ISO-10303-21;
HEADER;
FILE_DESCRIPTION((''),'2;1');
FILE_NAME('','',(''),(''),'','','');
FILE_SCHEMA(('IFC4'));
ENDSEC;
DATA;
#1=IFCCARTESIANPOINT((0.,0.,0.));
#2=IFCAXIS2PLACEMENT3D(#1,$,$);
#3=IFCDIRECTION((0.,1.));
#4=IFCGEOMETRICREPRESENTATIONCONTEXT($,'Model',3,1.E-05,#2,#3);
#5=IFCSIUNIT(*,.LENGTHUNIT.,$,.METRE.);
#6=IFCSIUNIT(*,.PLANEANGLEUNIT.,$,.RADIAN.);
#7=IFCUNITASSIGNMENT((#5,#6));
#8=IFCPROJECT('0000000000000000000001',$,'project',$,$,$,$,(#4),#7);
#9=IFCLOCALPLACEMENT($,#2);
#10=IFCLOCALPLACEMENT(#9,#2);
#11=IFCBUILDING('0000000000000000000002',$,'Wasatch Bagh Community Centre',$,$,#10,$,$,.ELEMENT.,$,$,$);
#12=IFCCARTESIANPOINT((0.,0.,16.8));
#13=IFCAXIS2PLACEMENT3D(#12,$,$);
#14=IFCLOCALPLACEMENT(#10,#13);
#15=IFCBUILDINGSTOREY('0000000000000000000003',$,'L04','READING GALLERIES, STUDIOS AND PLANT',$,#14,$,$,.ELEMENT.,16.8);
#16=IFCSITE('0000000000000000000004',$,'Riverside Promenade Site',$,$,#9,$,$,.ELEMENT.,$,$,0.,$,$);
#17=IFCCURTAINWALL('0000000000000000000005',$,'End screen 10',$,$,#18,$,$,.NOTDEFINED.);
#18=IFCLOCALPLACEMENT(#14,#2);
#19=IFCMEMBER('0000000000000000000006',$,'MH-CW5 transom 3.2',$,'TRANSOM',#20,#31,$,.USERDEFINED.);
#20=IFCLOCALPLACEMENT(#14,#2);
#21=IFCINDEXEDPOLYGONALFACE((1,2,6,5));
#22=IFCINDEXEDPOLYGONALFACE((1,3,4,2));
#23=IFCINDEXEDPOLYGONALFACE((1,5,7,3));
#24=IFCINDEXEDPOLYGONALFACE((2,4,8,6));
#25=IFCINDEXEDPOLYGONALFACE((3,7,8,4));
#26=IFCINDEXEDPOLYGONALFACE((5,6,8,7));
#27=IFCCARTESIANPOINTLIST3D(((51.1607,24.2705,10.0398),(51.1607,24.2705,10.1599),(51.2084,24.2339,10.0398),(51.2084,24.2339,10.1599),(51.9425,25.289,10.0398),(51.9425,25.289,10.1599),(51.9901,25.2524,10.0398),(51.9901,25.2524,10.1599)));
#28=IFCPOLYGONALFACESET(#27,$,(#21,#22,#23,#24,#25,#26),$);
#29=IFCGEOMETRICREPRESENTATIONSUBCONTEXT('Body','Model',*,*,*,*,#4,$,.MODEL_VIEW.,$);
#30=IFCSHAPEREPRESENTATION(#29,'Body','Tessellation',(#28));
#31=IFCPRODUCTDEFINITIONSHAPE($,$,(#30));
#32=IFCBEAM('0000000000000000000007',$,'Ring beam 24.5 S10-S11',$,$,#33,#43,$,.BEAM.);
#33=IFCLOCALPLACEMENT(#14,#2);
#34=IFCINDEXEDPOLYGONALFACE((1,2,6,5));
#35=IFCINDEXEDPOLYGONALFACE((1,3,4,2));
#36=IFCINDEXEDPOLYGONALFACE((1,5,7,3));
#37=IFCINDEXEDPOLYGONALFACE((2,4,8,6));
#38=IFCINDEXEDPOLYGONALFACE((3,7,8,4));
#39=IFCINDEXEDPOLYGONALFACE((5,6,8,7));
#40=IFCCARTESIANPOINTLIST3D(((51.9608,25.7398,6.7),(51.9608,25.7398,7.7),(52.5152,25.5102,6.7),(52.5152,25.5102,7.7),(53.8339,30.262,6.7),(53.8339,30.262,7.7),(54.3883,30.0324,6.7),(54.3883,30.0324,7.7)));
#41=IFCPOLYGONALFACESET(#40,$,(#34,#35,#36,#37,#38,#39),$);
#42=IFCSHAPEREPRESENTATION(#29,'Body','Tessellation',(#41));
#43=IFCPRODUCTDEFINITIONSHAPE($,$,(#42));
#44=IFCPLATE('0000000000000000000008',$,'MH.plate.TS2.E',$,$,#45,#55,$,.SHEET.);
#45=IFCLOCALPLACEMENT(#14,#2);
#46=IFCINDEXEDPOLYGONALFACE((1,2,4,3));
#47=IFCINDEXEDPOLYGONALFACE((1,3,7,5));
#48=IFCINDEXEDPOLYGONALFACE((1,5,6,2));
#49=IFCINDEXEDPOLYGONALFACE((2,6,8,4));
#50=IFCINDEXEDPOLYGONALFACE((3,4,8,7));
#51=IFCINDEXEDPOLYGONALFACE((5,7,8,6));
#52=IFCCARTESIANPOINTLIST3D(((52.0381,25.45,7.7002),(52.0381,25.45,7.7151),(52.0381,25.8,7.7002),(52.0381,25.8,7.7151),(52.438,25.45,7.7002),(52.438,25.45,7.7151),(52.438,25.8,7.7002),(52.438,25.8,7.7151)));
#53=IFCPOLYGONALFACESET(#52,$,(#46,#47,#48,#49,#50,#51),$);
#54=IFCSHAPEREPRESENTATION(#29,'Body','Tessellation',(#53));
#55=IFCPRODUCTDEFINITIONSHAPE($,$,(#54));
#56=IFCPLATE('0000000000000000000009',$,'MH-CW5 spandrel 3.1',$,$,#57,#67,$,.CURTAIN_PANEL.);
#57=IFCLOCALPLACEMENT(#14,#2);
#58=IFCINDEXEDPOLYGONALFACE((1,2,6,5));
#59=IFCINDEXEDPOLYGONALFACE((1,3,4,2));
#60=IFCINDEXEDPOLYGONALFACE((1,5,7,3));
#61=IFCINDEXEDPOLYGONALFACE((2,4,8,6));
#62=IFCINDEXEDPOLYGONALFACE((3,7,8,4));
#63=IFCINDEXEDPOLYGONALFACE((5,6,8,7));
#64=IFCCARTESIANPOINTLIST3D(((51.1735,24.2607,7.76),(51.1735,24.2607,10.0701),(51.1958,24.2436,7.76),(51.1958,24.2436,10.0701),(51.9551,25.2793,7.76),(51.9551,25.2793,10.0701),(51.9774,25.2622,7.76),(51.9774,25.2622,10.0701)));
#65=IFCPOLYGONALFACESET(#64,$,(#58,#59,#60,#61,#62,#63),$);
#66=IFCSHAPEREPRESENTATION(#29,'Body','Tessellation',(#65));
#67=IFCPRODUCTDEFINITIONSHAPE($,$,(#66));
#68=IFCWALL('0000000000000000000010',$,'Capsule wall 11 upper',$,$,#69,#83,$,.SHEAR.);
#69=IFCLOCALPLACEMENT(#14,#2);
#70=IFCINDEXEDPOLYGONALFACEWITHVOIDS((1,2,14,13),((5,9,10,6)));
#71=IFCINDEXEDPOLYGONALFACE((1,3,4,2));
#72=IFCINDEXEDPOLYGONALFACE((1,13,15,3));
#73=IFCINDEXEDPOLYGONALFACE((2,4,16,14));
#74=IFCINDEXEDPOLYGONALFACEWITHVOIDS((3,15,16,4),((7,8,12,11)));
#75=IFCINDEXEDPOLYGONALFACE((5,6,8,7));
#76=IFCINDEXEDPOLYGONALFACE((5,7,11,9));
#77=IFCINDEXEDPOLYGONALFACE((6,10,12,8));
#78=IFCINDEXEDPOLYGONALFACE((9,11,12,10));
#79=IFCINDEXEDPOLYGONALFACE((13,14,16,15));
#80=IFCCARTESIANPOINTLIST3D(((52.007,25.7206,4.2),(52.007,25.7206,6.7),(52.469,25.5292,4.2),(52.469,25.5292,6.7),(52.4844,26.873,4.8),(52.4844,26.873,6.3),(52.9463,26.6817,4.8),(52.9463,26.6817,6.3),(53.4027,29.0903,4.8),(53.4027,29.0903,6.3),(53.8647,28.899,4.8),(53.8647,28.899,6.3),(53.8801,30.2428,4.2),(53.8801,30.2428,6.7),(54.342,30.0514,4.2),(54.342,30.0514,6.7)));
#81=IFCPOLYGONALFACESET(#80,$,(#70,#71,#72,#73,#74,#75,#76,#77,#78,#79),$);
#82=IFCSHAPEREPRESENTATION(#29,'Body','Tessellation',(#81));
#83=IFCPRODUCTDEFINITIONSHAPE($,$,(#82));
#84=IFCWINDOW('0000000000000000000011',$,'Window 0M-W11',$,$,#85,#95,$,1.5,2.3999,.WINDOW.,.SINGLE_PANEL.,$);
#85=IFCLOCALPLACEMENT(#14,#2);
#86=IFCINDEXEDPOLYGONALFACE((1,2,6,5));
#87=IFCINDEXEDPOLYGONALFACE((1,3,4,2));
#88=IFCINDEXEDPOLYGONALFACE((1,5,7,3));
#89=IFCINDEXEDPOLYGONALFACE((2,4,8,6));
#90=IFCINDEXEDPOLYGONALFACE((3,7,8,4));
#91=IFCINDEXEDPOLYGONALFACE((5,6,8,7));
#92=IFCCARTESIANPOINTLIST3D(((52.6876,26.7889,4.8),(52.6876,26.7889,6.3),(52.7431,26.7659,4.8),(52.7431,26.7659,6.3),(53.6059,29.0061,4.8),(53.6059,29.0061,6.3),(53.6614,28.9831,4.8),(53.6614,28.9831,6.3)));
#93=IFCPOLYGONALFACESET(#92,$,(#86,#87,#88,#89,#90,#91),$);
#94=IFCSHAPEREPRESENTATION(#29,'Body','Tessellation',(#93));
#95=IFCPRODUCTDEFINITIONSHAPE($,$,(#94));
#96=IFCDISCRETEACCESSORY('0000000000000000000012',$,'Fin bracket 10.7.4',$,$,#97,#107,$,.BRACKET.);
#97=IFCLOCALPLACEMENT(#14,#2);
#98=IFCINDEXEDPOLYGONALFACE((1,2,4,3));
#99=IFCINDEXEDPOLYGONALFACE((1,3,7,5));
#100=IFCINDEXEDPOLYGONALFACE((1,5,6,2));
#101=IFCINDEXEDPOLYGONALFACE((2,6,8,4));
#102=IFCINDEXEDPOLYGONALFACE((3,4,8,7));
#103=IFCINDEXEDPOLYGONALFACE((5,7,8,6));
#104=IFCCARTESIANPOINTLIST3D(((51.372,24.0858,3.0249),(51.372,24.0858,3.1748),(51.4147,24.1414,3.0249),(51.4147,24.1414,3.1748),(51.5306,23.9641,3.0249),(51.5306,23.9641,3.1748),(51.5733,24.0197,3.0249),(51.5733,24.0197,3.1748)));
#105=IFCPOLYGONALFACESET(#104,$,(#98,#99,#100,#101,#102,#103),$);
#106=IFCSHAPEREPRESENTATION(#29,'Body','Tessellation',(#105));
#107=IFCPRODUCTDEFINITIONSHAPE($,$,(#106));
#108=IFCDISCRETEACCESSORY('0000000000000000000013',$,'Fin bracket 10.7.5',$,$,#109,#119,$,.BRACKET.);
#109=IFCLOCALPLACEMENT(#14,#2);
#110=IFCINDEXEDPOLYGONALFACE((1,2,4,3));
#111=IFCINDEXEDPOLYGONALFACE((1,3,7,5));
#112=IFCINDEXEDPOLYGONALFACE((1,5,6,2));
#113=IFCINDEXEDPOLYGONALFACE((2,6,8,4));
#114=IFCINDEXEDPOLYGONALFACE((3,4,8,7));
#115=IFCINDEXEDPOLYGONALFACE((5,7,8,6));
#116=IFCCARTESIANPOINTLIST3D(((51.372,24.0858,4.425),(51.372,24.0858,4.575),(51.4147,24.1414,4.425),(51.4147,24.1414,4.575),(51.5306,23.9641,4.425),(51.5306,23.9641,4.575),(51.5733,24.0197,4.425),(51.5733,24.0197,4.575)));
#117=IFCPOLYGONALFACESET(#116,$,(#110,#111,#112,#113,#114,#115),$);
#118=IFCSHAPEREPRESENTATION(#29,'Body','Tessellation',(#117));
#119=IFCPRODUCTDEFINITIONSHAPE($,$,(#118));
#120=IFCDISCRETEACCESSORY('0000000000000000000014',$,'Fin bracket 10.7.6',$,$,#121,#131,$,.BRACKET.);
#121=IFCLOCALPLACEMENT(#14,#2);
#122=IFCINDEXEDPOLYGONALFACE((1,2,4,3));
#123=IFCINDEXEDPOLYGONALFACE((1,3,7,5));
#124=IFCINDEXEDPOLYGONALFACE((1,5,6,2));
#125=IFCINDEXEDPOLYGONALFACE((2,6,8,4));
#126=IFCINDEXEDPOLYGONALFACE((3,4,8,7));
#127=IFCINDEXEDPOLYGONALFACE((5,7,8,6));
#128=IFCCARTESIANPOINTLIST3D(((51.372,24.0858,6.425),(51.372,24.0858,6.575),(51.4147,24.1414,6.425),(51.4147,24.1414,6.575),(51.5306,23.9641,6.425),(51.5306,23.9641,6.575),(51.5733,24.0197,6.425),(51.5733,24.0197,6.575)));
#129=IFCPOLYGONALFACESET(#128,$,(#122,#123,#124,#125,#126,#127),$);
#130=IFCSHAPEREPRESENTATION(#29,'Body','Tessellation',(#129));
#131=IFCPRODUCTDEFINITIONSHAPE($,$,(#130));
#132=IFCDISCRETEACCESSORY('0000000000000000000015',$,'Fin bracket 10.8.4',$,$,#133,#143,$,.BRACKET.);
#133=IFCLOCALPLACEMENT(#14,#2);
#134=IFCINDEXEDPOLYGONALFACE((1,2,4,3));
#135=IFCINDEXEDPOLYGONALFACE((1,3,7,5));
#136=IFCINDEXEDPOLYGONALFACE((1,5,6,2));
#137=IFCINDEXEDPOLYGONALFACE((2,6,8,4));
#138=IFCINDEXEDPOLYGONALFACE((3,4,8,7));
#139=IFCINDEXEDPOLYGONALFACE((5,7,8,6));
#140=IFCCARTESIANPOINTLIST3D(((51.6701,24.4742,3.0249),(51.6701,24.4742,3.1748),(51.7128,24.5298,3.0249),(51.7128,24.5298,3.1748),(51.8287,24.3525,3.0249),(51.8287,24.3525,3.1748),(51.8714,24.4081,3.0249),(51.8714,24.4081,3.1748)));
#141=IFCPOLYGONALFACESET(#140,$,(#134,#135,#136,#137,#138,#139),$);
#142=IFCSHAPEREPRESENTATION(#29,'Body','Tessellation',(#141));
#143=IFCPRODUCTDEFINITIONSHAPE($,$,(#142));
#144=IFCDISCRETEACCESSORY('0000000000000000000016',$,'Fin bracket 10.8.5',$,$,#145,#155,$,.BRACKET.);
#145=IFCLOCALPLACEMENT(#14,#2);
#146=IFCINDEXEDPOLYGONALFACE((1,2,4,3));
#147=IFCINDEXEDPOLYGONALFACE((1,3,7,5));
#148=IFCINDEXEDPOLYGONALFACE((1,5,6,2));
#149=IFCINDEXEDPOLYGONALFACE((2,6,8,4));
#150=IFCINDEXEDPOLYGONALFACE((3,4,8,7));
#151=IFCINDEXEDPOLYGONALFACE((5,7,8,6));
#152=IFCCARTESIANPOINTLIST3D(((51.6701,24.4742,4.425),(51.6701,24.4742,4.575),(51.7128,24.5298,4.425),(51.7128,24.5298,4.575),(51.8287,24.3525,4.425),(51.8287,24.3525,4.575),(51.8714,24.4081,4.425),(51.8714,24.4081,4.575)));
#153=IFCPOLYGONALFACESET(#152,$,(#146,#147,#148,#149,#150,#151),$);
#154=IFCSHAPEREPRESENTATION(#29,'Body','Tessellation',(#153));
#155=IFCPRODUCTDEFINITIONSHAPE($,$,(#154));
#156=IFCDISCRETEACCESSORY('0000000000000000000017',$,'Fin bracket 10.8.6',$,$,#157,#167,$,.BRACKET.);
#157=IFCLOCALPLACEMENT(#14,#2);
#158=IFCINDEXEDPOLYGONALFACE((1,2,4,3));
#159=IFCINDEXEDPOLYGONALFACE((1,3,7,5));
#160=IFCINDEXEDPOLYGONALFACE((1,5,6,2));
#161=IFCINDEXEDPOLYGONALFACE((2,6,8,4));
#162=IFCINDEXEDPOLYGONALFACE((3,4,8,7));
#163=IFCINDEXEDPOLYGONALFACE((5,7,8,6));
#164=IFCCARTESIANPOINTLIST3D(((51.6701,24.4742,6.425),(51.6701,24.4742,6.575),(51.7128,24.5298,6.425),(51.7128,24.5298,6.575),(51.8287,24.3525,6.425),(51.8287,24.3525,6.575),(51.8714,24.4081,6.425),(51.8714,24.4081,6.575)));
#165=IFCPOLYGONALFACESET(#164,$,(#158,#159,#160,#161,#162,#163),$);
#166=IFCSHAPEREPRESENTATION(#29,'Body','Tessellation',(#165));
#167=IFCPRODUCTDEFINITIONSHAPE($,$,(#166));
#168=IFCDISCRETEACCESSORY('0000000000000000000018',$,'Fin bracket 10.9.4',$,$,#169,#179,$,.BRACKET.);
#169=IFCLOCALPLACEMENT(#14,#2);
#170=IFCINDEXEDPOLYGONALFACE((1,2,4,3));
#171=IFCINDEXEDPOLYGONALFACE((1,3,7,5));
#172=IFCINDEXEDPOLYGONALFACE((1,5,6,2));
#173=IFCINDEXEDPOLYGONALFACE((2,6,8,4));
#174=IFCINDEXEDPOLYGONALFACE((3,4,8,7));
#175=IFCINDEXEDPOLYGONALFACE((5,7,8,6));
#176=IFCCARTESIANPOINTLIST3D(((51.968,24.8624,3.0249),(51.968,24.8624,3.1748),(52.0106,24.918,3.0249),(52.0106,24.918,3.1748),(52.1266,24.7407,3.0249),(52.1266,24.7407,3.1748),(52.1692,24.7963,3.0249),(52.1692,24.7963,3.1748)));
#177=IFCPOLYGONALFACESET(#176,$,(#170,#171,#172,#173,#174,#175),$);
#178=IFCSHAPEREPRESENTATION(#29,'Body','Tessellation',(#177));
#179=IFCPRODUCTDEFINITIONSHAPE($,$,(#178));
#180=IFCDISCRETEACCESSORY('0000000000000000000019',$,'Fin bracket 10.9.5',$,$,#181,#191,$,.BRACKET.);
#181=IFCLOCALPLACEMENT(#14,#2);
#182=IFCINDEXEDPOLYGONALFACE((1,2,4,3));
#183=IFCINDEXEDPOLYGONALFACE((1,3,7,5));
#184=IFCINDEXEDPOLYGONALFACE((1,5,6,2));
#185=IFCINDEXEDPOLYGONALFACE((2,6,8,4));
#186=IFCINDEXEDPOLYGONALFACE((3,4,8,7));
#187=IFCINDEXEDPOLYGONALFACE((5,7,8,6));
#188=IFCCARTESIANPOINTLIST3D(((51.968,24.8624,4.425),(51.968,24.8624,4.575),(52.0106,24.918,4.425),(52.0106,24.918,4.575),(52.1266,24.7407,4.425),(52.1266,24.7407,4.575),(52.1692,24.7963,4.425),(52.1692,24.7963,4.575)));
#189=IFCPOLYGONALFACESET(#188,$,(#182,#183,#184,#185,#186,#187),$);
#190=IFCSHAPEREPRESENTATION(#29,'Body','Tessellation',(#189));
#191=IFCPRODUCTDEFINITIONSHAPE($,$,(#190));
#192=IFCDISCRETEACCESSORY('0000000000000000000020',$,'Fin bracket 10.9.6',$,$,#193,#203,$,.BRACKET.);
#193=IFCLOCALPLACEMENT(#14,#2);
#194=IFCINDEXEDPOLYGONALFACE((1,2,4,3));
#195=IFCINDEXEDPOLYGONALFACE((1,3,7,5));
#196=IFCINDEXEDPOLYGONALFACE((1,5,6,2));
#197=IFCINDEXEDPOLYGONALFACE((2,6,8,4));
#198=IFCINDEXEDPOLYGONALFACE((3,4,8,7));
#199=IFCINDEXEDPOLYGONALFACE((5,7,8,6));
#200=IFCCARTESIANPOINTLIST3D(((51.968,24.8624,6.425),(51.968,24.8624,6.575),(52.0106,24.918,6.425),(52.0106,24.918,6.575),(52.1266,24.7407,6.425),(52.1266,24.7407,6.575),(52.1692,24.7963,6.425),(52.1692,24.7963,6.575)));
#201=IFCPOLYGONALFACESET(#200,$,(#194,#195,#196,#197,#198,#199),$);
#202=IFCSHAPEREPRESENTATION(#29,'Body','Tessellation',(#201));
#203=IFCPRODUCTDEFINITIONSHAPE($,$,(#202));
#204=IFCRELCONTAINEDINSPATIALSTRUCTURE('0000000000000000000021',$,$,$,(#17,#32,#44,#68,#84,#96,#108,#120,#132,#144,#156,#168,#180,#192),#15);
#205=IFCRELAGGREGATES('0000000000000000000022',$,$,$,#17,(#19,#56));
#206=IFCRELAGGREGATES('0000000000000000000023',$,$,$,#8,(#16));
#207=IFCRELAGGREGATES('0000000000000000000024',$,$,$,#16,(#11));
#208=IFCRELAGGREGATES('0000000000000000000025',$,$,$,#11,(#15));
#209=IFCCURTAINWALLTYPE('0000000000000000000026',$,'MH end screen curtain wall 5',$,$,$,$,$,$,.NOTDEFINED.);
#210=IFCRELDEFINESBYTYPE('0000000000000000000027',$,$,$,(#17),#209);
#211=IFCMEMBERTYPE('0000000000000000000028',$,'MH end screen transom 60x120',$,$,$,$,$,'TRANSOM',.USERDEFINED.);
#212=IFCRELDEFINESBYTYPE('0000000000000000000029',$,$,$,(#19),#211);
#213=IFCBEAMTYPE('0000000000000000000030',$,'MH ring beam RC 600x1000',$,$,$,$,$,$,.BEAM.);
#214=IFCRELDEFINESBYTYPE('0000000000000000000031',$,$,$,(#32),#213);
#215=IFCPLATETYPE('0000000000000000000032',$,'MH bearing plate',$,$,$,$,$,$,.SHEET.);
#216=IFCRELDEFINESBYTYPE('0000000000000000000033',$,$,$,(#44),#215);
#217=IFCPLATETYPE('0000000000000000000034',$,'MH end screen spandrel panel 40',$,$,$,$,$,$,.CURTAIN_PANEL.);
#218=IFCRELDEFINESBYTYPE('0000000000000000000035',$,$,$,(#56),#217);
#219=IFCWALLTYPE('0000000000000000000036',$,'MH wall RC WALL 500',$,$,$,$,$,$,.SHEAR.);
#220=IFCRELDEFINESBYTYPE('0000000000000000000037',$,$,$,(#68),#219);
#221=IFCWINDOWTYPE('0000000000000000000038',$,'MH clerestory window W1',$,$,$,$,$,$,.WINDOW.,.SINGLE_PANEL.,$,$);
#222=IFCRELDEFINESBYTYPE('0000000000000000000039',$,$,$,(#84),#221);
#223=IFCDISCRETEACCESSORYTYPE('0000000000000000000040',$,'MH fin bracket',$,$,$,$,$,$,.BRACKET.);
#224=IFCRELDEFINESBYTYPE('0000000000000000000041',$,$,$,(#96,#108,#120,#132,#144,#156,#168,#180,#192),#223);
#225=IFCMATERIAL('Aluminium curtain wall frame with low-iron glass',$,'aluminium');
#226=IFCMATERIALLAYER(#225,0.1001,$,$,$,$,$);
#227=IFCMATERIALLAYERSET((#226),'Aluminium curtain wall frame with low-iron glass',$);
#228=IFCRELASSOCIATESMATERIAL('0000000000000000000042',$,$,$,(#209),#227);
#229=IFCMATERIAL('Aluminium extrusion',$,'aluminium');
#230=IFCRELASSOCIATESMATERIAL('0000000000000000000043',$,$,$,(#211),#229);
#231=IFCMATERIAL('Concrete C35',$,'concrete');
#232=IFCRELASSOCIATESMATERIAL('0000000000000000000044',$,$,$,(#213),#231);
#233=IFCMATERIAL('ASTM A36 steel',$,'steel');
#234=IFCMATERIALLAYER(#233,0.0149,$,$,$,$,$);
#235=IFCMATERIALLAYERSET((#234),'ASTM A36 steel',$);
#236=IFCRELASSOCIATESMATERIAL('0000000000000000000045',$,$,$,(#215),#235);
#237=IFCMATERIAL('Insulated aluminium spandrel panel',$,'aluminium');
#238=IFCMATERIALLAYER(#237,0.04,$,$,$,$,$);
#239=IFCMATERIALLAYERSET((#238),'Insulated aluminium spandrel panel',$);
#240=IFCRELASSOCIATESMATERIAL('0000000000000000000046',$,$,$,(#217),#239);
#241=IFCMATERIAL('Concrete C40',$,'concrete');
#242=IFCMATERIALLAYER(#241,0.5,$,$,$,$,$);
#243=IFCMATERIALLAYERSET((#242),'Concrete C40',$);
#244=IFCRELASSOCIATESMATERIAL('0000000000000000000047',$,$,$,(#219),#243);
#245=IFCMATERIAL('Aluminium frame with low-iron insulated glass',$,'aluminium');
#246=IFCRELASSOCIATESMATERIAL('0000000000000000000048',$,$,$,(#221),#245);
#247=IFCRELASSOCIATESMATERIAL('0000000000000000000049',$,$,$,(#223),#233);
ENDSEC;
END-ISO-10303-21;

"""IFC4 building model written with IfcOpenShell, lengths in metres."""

from ifc_helpers import new_model, si_unit, direction, frame, frame_2d, origin, origin_2d, place, context, subcontext, project, spatial, rectangle, extrude, material, layer, layer_set, material_profile, profile_set, type_object, element, fill, aggregate, save


model = new_model("IFC4")

# Units and contexts
model_context = context("Model", 3, precision=1e-05, world=origin(), true_north=direction((0.0, 1.0)))
body_context = subcontext(model_context, "Body", "Model", "MODEL_VIEW")
ifc_project = project(units=[si_unit("LENGTHUNIT", "METRE"), si_unit("PLANEANGLEUNIT", "RADIAN")], contexts=[model_context])

# Site, building, storey
site_placement = place(None, origin())
site = spatial("IfcSite", under=ifc_project, at=site_placement, Name="Riverside Promenade Site", CompositionType="ELEMENT", RefElevation=0.0)
building_placement = place(site_placement, origin())
building = spatial("IfcBuilding", under=site, at=building_placement, Name="Wasatch Bagh Community Centre", CompositionType="ELEMENT")
storey_placement = place(building_placement, frame((0.0, 0.0, 16.8)))
storey = spatial("IfcBuildingStorey", under=building, at=storey_placement, Name="L04", Description="READING GALLERIES, STUDIOS AND PLANT", CompositionType="ELEMENT", Elevation=16.8)

# Shared definitions
ifc_material_1 = material(Name="Concrete C40", Category="concrete")

# Curtain wall, member
ifc_material_2 = material(Name="Aluminium curtain wall frame with low-iron glass", Category="aluminium")
ifc_layer_1 = layer(ifc_material_2, 0.1001)
ifc_layer_set_1 = layer_set([ifc_layer_1], Name="Aluminium curtain wall frame with low-iron glass")
curtain_wall_type = type_object("IfcCurtainWallType", Name="MH end screen curtain wall 5", PredefinedType="NOTDEFINED", material=ifc_layer_set_1)
curtain_wall_placement = place(storey_placement, origin())
curtain_wall = element("IfcCurtainWall", 1, at=curtain_wall_placement, inside=storey, type_object=curtain_wall_type, Name="End screen 10", PredefinedType="NOTDEFINED")
ifc_material_3 = material(Name="Aluminium extrusion", Category="aluminium")
ifc_material_profile_1 = material_profile(ifc_material_3, rectangle(XDim=0.0601, YDim=0.1201, at=origin_2d()), Name="AL 60x120")
ifc_profile_set_1 = profile_set([ifc_material_profile_1], Name="Aluminium extrusion")
member_type_1 = type_object("IfcMemberType", Name="MH end screen transom 60x120", ElementType="TRANSOM", PredefinedType="USERDEFINED", material=ifc_profile_set_1)
member_1_placement = place(storey_placement, frame((51.1846, 24.2522, 10.0999), z_axis=(0.608847, 0.793288, 0.0), x_axis=(-0.793288, 0.608847, 0.0)))
member_1 = element("IfcMember", 2, at=member_1_placement, type_object=member_type_1, Name="MH-CW5 transom 3.2", ObjectType="TRANSOM", PredefinedType="USERDEFINED", context=body_context, shape_type="SweptSolid", body=[
    extrude(rectangle(XDim=0.0601, YDim=0.1201, at=origin_2d()), origin(), (0.0, 0.0, 1.0), 1.2839),
])

# Beam
ifc_material_4 = material(Name="Concrete C35", Category="concrete")
ifc_material_profile_2 = material_profile(ifc_material_4, rectangle(XDim=0.6001, YDim=1.0, at=origin_2d()), Name="RC 600x1000")
ifc_profile_set_2 = profile_set([ifc_material_profile_2], Name="Concrete C35")
beam_type = type_object("IfcBeamType", Name="MH ring beam RC 600x1000", PredefinedType="BEAM", material=ifc_profile_set_2)
beam_placement = place(storey_placement, frame((52.238, 25.625, 7.2), z_axis=(0.382663, 0.923888, 0.0), x_axis=(-0.923888, 0.382663, 0.0)))
element("IfcBeam", 3, at=beam_placement, inside=storey, type_object=beam_type, Name="Ring beam 24.5 S10-S11", PredefinedType="BEAM", context=body_context, shape_type="SweptSolid", body=[
    extrude(rectangle(XDim=0.6001, YDim=1.0, at=origin_2d()), origin(), (0.0, 0.0, 1.0), 4.8948),
])

# Plates
ifc_material_5 = material(Name="ASTM A36 steel", Category="steel")
ifc_layer_2 = layer(ifc_material_5, 0.0149)
ifc_layer_set_2 = layer_set([ifc_layer_2], Name="ASTM A36 steel")
plate_type_1 = type_object("IfcPlateType", Name="MH bearing plate", PredefinedType="SHEET", material=ifc_layer_set_2)
plate_1_placement = place(storey_placement, frame((52.238, 25.625, 7.7002), z_axis=(0.0, 0.0, 1.0), x_axis=(1.0, 0.0, 0.0)))
element("IfcPlate", 4, at=plate_1_placement, inside=storey, type_object=plate_type_1, Name="MH.plate.TS2.E", PredefinedType="SHEET", context=body_context, shape_type="SweptSolid", body=[
    extrude(rectangle(XDim=0.3999, YDim=0.3501, at=origin_2d()), origin(), (0.0, 0.0, 1.0), 0.0149),
])
ifc_material_6 = material(Name="Insulated aluminium spandrel panel", Category="aluminium")
ifc_layer_3 = layer(ifc_material_6, 0.04)
ifc_layer_set_3 = layer_set([ifc_layer_3], Name="Insulated aluminium spandrel panel")
plate_type_2 = type_object("IfcPlateType", Name="MH end screen spandrel panel 40", PredefinedType="CURTAIN_PANEL", material=ifc_layer_set_3)
plate_2_placement = place(storey_placement, frame((51.5754, 24.7615, 7.76), z_axis=(0.0, 0.0, 1.0), x_axis=(0.608761, 0.793353, 0.0)))
plate_2 = element("IfcPlate", 5, at=plate_2_placement, type_object=plate_type_2, Name="MH-CW5 spandrel 3.1", PredefinedType="CURTAIN_PANEL", context=body_context, shape_type="SweptSolid", body=[
    extrude(rectangle(XDim=1.2839, YDim=0.0281, at=origin_2d()), origin(), (0.0, 0.0, 1.0), 2.3101),
])
aggregate(curtain_wall, [member_1, plate_2])

# Wall, opening, window
ifc_layer_4 = layer(ifc_material_1, 0.5)
ifc_layer_set_4 = layer_set([ifc_layer_4], Name="Concrete C40")
wall_type = type_object("IfcWallType", Name="MH wall RC WALL 500", PredefinedType="SHEAR", material=ifc_layer_set_4)
wall_placement = place(storey_placement, frame((52.238, 25.625, 4.2), z_axis=(0.0, 0.0, 1.0), x_axis=(0.382663, 0.923888, 0.0)))
wall = element("IfcWall", 6, at=wall_placement, inside=storey, type_object=wall_type, Name="Capsule wall 11 upper", PredefinedType="SHEAR", context=body_context, shape_type="SweptSolid", body=[
    extrude(rectangle(XDim=4.8948, YDim=0.5, at=frame_2d((2.4473, 0.0))), origin(), (0.0, 0.0, 1.0), 2.5),
])
opening_placement = place(wall_placement, frame((1.2473, 0.0, 0.6001)))
opening = element("IfcOpeningElement", 7, at=opening_placement, cuts=wall, PredefinedType="OPENING", context=body_context, shape_type="SweptSolid", body=[
    extrude(rectangle(XDim=2.3999, YDim=1.5, at=frame_2d((1.2, 0.75))), frame((0.0, 0.26, 0.0), z_axis=(0.0, -1.0, 0.0), x_axis=(1.0, 0.0, 0.0)), (0.0, 0.0, 1.0), 0.52),
])
ifc_material_7 = material(Name="Aluminium frame with low-iron insulated glass", Category="aluminium")
window_type = type_object("IfcWindowType", Name="MH clerestory window W1", PartitioningType="SINGLE_PANEL", PredefinedType="WINDOW", material=ifc_material_7)
window_placement = place(opening_placement, origin())
window = element("IfcWindow", 8, at=window_placement, inside=storey, type_object=window_type, Name="Window 0M-W11", OverallHeight=1.5, OverallWidth=2.3999, PartitioningType="SINGLE_PANEL", PredefinedType="WINDOW", context=body_context, shape_type="SweptSolid", body=[
    extrude(rectangle(XDim=2.3999, YDim=1.5, at=frame_2d((1.2, 0.75))), frame((0.0, 0.03, 0.0), z_axis=(0.0, -1.0, 0.0), x_axis=(1.0, 0.0, 0.0)), (0.0, 0.0, 1.0), 0.0601),
])
fill(opening, window)

# Discrete accessories
discrete_accessory_type_1 = type_object("IfcDiscreteAccessoryType", Name="MH fin bracket", PredefinedType="BRACKET", material=ifc_material_5)
for number, where, z_axis, x_axis, name in (
    (9, (51.4727, 24.0527, 3.0249), (0.0, 0.0, 1.0), (0.608761, 0.793353, 0.0), "Fin bracket 10.7.4"),
    (10, (51.4727, 24.0527, 4.425), (0.0, 0.0, 1.0), (0.608761, 0.793353, 0.0), "Fin bracket 10.7.5"),
    (11, (51.4727, 24.0527, 6.425), (0.0, 0.0, 1.0), (0.608761, 0.793353, 0.0), "Fin bracket 10.7.6"),
    (12, (51.7708, 24.4412, 3.0249), (0.0, 0.0, 1.0), (0.608761, 0.793353, 0.0), "Fin bracket 10.8.4"),
    (13, (51.7708, 24.4412, 4.425), (0.0, 0.0, 1.0), (0.608761, 0.793353, 0.0), "Fin bracket 10.8.5"),
    (14, (51.7708, 24.4412, 6.425), (0.0, 0.0, 1.0), (0.608761, 0.793353, 0.0), "Fin bracket 10.8.6"),
    (15, (52.0686, 24.8293, 3.0249), (0.0, 0.0, 1.0), (0.608761, 0.793353, 0.0), "Fin bracket 10.9.4"),
    (16, (52.0686, 24.8293, 4.425), (0.0, 0.0, 1.0), (0.608761, 0.793353, 0.0), "Fin bracket 10.9.5"),
    (17, (52.0686, 24.8293, 6.425), (0.0, 0.0, 1.0), (0.608761, 0.793353, 0.0), "Fin bracket 10.9.6"),
):
    element("IfcDiscreteAccessory", number, at=place(storey_placement, frame(where, z_axis=z_axis, x_axis=x_axis)), inside=storey, type_object=discrete_accessory_type_1, Name=name, PredefinedType="BRACKET", context=body_context, shape_type="SweptSolid", body=[
        extrude(rectangle(XDim=0.0701, YDim=0.2, at=origin_2d()), origin(), (0.0, 0.0, 1.0), 0.1499),
    ])

save(model, "model.ifc")
